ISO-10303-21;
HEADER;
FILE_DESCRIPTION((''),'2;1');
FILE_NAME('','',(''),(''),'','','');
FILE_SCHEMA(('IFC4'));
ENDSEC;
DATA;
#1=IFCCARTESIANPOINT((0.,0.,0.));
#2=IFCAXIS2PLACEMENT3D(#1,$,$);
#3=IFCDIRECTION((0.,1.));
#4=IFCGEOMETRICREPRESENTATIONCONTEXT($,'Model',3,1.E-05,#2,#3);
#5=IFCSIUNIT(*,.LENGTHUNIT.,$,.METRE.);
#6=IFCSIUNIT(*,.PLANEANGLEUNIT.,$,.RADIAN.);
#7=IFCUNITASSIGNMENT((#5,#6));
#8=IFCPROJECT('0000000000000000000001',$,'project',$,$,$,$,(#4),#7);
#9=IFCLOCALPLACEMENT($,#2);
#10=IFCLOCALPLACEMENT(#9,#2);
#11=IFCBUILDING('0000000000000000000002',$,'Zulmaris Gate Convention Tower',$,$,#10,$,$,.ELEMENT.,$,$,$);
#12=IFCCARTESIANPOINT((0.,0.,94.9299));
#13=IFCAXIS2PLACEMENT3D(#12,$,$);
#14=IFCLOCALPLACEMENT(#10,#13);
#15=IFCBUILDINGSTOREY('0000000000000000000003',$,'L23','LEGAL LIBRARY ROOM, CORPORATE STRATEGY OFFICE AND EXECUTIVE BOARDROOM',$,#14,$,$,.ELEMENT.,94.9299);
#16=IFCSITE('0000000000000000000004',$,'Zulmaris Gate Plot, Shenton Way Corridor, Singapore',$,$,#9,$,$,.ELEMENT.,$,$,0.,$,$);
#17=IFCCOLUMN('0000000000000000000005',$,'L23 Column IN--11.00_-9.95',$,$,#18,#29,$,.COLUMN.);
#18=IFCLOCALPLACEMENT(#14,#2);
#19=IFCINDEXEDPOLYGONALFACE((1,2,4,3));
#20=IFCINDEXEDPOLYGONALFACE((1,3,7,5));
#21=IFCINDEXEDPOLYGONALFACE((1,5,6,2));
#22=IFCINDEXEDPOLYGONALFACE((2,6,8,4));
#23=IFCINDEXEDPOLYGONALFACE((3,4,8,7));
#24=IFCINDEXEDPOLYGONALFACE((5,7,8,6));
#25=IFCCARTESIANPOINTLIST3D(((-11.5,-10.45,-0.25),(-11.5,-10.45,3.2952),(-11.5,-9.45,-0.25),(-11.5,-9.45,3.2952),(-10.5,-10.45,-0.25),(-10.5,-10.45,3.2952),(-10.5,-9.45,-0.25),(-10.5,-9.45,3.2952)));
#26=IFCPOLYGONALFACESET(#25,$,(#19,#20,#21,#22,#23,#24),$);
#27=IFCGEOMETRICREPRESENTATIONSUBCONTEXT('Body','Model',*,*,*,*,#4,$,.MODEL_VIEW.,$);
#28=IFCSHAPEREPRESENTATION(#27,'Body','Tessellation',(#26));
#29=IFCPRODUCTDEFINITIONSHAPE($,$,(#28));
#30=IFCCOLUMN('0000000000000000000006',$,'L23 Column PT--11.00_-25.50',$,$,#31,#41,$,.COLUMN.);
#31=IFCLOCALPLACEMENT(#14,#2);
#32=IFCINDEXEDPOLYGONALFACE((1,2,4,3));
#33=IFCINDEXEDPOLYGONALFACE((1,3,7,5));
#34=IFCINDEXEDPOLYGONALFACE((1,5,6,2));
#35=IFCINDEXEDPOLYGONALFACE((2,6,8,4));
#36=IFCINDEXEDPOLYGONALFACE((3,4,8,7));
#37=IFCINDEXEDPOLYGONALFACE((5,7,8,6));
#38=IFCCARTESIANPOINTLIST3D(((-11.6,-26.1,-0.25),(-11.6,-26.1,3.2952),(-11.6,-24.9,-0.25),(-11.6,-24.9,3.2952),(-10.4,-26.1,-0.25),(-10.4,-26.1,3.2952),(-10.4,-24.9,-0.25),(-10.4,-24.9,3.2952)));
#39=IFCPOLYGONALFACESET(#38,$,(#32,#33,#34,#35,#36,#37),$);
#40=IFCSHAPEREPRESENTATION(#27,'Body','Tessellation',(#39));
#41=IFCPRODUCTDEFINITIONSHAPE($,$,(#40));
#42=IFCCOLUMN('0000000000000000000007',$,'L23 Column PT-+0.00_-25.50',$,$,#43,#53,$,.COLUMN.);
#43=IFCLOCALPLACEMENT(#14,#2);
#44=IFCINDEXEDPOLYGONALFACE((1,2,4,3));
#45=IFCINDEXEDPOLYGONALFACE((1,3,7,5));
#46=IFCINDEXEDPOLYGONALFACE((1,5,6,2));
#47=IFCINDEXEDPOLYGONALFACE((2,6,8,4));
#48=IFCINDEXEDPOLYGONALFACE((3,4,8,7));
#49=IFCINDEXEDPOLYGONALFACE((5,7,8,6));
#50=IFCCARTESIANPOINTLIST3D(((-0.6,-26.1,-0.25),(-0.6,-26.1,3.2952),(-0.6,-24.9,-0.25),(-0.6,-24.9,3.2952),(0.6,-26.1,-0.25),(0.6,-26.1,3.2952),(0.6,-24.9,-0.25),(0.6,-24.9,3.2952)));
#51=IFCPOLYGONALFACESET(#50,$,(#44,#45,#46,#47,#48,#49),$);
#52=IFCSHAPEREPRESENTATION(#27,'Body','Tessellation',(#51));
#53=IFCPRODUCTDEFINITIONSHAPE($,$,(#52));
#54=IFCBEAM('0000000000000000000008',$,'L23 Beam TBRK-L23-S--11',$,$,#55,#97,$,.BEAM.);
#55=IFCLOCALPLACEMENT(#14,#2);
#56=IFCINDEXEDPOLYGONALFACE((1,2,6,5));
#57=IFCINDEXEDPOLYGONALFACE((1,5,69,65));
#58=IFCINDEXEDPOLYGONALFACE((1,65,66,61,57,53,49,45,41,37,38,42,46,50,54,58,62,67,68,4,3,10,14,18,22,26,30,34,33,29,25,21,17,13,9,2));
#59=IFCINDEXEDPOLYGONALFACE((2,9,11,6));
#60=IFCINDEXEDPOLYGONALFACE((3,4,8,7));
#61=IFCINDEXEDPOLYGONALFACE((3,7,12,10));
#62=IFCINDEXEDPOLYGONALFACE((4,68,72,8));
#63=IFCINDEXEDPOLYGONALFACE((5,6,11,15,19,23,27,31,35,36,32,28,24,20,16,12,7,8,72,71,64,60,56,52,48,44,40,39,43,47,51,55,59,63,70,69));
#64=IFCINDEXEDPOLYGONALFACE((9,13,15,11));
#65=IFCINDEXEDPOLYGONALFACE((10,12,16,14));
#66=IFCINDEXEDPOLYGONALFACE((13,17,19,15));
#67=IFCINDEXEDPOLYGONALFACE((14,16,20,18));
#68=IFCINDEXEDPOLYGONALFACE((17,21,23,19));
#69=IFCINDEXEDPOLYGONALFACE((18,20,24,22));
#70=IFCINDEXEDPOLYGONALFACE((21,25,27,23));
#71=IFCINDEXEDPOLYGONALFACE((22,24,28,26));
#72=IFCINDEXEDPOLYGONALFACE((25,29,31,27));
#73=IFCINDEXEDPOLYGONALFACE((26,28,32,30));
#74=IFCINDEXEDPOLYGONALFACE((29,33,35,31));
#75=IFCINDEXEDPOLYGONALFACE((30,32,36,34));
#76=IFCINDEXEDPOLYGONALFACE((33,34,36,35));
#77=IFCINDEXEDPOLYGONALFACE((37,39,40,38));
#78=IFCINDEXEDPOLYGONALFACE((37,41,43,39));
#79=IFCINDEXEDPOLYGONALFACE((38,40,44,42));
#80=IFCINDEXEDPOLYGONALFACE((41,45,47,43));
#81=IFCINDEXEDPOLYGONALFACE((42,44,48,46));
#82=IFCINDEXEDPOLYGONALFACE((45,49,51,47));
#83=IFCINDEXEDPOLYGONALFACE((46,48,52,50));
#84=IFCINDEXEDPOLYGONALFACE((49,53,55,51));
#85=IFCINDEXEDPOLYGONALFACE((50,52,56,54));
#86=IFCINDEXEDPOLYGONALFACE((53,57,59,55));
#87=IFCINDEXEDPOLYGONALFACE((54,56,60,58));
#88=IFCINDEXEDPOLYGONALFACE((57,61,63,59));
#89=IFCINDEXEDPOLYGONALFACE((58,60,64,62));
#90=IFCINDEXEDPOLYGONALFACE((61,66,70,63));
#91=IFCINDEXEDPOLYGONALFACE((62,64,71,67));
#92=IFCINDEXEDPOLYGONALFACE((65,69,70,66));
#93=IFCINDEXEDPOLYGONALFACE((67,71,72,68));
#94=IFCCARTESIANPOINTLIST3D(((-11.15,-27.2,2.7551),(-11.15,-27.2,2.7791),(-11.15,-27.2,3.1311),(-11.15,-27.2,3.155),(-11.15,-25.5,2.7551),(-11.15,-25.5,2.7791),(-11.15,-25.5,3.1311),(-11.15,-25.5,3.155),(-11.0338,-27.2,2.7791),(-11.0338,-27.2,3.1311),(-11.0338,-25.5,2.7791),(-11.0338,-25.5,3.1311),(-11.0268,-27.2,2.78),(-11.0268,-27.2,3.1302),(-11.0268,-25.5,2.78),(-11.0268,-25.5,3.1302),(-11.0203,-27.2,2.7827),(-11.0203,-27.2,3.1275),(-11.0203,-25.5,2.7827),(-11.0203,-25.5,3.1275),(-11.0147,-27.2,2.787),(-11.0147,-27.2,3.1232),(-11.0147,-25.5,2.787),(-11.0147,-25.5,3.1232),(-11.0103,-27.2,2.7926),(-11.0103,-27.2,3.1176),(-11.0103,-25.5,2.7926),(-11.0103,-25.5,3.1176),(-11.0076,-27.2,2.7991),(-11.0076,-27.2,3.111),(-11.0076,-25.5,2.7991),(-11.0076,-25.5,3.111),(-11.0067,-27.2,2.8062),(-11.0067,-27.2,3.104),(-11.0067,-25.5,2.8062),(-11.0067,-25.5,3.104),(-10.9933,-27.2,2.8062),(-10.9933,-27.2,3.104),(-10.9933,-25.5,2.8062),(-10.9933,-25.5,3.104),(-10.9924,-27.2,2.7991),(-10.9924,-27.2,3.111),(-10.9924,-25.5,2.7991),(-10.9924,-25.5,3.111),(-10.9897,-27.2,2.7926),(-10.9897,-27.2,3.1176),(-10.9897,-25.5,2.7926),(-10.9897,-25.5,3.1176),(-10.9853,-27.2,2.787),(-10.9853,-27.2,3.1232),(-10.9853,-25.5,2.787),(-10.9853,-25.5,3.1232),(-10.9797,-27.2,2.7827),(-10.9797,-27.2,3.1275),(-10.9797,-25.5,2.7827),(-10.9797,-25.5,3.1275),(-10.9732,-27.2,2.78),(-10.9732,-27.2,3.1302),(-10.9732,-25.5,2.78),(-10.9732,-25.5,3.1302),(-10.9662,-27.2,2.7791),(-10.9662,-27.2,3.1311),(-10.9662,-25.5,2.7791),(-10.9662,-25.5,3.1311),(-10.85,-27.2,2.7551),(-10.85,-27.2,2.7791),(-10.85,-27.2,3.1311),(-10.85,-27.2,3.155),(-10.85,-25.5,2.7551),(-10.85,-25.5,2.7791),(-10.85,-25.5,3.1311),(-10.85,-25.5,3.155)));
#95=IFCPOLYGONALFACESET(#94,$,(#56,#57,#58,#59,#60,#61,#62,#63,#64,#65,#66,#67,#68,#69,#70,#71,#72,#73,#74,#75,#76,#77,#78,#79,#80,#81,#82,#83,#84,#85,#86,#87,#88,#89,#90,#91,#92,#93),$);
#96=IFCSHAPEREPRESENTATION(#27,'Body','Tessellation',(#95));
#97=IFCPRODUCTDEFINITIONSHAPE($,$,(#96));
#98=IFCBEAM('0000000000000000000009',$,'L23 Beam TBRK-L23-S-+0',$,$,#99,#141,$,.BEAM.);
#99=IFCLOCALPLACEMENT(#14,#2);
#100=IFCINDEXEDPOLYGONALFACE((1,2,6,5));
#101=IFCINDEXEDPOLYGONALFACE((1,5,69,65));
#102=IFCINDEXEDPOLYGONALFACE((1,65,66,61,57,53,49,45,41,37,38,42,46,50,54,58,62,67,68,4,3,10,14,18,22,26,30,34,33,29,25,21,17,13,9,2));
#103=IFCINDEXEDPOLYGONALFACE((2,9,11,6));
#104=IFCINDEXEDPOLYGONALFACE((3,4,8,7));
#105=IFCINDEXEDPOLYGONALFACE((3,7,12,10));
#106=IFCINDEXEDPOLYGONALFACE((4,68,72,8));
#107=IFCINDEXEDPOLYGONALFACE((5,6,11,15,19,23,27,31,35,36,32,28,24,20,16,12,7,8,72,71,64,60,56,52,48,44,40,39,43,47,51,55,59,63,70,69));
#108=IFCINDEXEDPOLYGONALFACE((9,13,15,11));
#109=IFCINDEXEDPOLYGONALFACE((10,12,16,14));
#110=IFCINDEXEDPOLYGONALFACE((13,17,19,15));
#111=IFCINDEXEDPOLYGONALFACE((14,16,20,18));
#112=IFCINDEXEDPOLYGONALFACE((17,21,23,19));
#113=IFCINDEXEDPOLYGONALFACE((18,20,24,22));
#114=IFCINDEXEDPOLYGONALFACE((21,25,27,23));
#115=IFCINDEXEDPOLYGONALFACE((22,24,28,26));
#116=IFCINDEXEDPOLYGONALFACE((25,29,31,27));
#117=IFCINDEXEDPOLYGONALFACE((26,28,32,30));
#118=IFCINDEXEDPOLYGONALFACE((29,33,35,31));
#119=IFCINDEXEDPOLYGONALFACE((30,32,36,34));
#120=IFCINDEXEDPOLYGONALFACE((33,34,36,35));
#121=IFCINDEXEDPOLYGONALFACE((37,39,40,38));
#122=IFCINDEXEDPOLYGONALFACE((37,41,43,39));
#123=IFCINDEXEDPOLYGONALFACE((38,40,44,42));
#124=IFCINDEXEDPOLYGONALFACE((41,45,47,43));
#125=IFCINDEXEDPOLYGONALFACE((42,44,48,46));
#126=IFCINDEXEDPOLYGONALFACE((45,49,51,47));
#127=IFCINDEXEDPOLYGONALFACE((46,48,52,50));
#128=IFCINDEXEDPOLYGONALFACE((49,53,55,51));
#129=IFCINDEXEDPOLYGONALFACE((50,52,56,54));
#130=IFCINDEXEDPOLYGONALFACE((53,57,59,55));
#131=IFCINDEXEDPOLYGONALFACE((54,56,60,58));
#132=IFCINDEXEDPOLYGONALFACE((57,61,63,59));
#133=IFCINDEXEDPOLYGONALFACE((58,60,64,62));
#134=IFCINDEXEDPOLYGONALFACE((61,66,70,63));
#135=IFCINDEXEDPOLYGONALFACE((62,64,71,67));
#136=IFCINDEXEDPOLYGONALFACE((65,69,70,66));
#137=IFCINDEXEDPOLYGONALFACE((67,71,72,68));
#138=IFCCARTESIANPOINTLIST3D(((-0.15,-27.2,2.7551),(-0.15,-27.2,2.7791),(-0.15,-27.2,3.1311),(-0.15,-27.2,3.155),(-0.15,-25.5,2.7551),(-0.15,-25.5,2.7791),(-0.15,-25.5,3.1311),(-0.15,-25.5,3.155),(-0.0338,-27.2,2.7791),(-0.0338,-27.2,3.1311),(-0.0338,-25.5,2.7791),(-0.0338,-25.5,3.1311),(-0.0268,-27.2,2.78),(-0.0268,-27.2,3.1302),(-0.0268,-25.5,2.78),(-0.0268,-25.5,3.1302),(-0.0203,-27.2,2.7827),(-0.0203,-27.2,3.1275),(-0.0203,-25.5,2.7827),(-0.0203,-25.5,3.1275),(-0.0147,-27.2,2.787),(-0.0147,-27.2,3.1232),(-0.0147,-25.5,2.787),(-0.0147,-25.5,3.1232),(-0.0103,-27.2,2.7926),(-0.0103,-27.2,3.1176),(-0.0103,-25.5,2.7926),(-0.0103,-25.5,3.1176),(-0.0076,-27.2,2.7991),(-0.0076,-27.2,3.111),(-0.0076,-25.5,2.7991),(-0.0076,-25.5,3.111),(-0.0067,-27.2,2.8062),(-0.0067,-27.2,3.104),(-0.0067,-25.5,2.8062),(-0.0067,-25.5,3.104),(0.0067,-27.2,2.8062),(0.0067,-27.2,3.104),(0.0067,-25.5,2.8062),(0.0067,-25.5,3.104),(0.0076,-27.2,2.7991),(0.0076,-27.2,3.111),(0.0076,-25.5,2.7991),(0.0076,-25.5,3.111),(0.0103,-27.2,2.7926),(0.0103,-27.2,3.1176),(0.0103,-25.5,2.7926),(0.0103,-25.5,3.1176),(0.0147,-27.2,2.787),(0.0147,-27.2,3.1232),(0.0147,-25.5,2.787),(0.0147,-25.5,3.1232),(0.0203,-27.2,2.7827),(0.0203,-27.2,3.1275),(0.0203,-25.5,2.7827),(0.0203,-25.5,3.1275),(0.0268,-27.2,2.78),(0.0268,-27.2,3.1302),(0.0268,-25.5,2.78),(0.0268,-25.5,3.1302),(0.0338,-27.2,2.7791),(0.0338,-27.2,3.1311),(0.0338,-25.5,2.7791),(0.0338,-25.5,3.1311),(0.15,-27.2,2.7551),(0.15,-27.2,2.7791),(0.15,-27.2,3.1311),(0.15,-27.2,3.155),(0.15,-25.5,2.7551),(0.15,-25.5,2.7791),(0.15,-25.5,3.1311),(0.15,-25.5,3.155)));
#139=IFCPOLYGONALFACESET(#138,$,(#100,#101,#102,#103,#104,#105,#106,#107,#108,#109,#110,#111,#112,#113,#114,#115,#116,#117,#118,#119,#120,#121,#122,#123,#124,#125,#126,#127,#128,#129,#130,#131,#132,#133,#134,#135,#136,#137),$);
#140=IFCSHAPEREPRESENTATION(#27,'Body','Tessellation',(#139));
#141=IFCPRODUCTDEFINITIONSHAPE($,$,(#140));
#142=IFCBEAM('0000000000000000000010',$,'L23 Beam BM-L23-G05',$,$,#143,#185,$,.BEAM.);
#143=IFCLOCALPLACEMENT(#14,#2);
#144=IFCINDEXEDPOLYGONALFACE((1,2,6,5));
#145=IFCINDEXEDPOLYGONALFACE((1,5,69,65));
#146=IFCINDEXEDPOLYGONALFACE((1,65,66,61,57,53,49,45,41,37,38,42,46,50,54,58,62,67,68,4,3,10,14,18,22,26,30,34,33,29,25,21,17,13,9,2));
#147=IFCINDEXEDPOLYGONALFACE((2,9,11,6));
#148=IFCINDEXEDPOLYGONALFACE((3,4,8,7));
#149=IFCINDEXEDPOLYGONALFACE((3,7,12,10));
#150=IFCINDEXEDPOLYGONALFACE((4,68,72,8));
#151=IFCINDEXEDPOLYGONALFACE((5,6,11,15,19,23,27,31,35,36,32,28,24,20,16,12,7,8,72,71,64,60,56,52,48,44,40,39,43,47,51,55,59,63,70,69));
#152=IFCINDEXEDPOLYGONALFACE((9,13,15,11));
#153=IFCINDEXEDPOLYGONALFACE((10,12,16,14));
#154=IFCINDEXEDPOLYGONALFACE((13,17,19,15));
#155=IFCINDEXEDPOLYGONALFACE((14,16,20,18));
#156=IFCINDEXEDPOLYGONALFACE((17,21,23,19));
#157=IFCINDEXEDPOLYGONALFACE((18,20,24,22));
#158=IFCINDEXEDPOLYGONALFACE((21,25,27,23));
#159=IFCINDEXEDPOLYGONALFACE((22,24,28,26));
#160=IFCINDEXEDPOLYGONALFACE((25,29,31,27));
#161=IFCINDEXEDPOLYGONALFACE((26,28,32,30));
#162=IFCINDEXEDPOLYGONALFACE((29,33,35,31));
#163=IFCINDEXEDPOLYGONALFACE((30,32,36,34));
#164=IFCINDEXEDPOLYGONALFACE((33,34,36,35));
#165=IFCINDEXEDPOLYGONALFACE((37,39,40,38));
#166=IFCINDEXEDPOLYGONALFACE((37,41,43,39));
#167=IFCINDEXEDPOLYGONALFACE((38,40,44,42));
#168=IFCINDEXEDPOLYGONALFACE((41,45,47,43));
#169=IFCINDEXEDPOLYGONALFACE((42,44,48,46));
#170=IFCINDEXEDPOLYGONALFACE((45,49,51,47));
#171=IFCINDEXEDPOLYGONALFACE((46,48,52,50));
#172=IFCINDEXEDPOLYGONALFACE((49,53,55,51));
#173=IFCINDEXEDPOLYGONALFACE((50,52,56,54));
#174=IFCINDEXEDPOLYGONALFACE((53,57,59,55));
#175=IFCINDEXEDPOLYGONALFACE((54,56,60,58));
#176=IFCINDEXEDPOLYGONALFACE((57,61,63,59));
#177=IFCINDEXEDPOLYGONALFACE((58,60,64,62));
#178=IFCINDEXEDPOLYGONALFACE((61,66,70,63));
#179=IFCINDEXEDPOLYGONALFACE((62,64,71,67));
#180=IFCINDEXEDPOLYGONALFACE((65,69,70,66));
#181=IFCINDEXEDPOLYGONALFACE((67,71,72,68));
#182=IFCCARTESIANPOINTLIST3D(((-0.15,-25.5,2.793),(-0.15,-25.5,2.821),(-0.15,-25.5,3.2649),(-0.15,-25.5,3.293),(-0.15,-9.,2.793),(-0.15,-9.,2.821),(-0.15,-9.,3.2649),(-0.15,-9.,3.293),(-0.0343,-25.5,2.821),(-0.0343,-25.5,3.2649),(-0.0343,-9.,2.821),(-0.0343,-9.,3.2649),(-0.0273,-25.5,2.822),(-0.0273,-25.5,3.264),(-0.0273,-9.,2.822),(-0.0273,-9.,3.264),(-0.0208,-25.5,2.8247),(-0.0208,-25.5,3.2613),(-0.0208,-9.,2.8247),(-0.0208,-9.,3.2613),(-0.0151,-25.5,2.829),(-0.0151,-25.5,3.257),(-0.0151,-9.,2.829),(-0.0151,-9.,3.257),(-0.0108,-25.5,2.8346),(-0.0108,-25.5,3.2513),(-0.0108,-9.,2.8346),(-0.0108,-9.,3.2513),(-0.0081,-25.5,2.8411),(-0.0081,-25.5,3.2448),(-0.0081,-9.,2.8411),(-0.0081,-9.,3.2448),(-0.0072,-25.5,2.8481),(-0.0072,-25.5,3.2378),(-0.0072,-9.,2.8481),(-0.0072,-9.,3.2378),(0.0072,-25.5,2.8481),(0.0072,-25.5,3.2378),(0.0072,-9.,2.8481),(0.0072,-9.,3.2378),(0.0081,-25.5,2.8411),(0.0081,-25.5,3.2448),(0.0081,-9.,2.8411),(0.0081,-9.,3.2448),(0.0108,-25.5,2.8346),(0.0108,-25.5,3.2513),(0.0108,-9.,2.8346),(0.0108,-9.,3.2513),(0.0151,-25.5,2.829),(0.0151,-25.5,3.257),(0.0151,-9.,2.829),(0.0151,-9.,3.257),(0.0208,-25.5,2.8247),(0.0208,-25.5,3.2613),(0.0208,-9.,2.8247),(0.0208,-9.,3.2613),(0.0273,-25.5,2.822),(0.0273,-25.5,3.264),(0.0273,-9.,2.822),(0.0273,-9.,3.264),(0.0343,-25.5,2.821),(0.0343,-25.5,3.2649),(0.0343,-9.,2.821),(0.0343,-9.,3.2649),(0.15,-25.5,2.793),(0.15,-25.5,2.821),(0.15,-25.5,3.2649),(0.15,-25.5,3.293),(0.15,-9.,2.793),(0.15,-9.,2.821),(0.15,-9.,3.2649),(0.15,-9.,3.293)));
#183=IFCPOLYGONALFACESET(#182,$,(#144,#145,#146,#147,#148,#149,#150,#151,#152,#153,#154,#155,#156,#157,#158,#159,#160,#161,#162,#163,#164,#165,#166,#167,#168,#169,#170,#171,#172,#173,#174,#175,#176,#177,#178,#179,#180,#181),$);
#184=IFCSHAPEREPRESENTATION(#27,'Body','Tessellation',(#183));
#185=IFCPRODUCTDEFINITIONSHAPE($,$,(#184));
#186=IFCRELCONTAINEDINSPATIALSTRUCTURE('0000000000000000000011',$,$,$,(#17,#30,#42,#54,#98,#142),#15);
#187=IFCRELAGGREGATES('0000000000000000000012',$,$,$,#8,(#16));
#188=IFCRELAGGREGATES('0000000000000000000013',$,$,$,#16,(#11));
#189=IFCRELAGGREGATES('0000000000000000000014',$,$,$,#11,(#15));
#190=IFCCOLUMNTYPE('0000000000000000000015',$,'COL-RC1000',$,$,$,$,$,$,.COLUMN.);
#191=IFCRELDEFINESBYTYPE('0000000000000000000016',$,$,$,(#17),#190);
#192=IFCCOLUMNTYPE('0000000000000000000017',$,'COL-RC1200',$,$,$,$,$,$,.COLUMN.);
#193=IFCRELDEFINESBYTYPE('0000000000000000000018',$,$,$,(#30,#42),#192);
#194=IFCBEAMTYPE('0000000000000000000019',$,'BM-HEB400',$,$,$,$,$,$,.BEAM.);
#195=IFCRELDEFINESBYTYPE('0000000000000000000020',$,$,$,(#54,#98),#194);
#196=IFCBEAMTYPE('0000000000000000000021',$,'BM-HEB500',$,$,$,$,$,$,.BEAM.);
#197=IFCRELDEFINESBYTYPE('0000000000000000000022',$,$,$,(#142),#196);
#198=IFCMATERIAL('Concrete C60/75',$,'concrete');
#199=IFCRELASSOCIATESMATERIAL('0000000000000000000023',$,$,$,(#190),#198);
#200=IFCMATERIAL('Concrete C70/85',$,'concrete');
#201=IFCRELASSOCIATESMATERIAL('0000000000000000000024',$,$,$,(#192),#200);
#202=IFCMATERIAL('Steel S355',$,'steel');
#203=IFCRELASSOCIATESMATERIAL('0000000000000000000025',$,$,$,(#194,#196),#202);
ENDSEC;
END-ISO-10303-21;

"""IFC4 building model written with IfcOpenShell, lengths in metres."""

from ifc_helpers import new_model, si_unit, direction, frame, origin, origin_2d, place, context, subcontext, project, spatial, rectangle, i_section, extrude, material, material_profile, profile_set, type_object, element, save


model = new_model("IFC4")

# Units and contexts
model_context = context("Model", 3, precision=1e-05, world=origin(), true_north=direction((0.0, 1.0)))
body_context = subcontext(model_context, "Body", "Model", "MODEL_VIEW")
ifc_project = project(units=[si_unit("LENGTHUNIT", "METRE"), si_unit("PLANEANGLEUNIT", "RADIAN")], contexts=[model_context])

# Site, building, storey
site_placement = place(None, origin())
site = spatial("IfcSite", under=ifc_project, at=site_placement, Name="Zulmaris Gate Plot, Shenton Way Corridor, Singapore", CompositionType="ELEMENT", RefElevation=0.0)
building_placement = place(site_placement, origin())
building = spatial("IfcBuilding", under=site, at=building_placement, Name="Zulmaris Gate Convention Tower", CompositionType="ELEMENT")
storey_placement = place(building_placement, frame((0.0, 0.0, 94.9299)))
storey = spatial("IfcBuildingStorey", under=building, at=storey_placement, Name="L23", Description="LEGAL LIBRARY ROOM, CORPORATE STRATEGY OFFICE AND EXECUTIVE BOARDROOM", CompositionType="ELEMENT", Elevation=94.9299)

# Columns
ifc_material_1 = material(Name="Concrete C60/75", Category="concrete")
ifc_material_profile_1 = material_profile(ifc_material_1, rectangle(XDim=1.0, YDim=1.0, at=origin_2d()), Name="RC COL 1000x1000")
ifc_profile_set_1 = profile_set([ifc_material_profile_1], Name="Concrete C60/75")
column_type_1 = type_object("IfcColumnType", Name="COL-RC1000", PredefinedType="COLUMN", material=ifc_profile_set_1)
column_placement = place(storey_placement, frame((-11.0, -9.95, -0.25), z_axis=(0.0, 0.0, 1.0), x_axis=(1.0, 0.0, 0.0)))
element("IfcColumn", 1, at=column_placement, inside=storey, type_object=column_type_1, Name="L23 Column IN--11.00_-9.95", PredefinedType="COLUMN", context=body_context, shape_type="SweptSolid", body=[
    extrude(rectangle(XDim=1.0, YDim=1.0, at=origin_2d()), origin(), (0.0, 0.0, 1.0), 3.5452),
])
ifc_material_2 = material(Name="Concrete C70/85", Category="concrete")
ifc_material_profile_2 = material_profile(ifc_material_2, rectangle(XDim=1.2, YDim=1.2, at=origin_2d()), Name="RC COL 1200x1200")
ifc_profile_set_2 = profile_set([ifc_material_profile_2], Name="Concrete C70/85")
column_type_2 = type_object("IfcColumnType", Name="COL-RC1200", PredefinedType="COLUMN", material=ifc_profile_set_2)
for number, where, z_axis, x_axis, name in (
    (2, (-11.0, -25.5, -0.25), (0.0, 0.0, 1.0), (1.0, 0.0, 0.0), "L23 Column PT--11.00_-25.50"),
    (3, (0.0, -25.5, -0.25), (0.0, 0.0, 1.0), (1.0, 0.0, 0.0), "L23 Column PT-+0.00_-25.50"),
):
    element("IfcColumn", number, at=place(storey_placement, frame(where, z_axis=z_axis, x_axis=x_axis)), inside=storey, type_object=column_type_2, Name=name, PredefinedType="COLUMN", context=body_context, shape_type="SweptSolid", body=[
        extrude(rectangle(XDim=1.2, YDim=1.2, at=origin_2d()), origin(), (0.0, 0.0, 1.0), 3.5452),
    ])

# Beams
ifc_material_3 = material(Name="Steel S355", Category="steel")
ifc_material_profile_3 = material_profile(ifc_material_3, i_section(OverallWidth=0.3, OverallDepth=0.3999, WebThickness=0.0134, FlangeThickness=0.0239, FilletRadius=0.0271, at=origin_2d()), Name="HEB 400")
ifc_profile_set_3 = profile_set([ifc_material_profile_3], Name="Steel S355")
beam_type_1 = type_object("IfcBeamType", Name="BM-HEB400", PredefinedType="BEAM", material=ifc_profile_set_3)
for number, where, z_axis, x_axis, name in (
    (4, (-11.0, -27.2, 2.9551), (0.0, 1.0, 0.0), (-1.0, 0.0, 0.0), "L23 Beam TBRK-L23-S--11"),
    (5, (0.0, -27.2, 2.9551), (0.0, 1.0, 0.0), (-1.0, 0.0, 0.0), "L23 Beam TBRK-L23-S-+0"),
):
    element("IfcBeam", number, at=place(storey_placement, frame(where, z_axis=z_axis, x_axis=x_axis)), inside=storey, type_object=beam_type_1, Name=name, PredefinedType="BEAM", context=body_context, shape_type="SweptSolid", body=[
        extrude(i_section(OverallWidth=0.3, OverallDepth=0.3999, WebThickness=0.0134, FlangeThickness=0.0239, FilletRadius=0.0271, at=origin_2d()), origin(), (0.0, 0.0, 1.0), 1.7),
    ])
ifc_material_profile_4 = material_profile(ifc_material_3, i_section(OverallWidth=0.3, OverallDepth=0.5, WebThickness=0.0144, FlangeThickness=0.0281, FilletRadius=0.0271, at=origin_2d()), Name="HEB 500")
ifc_profile_set_4 = profile_set([ifc_material_profile_4], Name="Steel S355")
beam_type_2 = type_object("IfcBeamType", Name="BM-HEB500", PredefinedType="BEAM", material=ifc_profile_set_4)
beam_1_placement = place(storey_placement, frame((0.0, -25.5, 3.043), z_axis=(0.0, 1.0, 0.0), x_axis=(-1.0, 0.0, 0.0)))
element("IfcBeam", 6, at=beam_1_placement, inside=storey, type_object=beam_type_2, Name="L23 Beam BM-L23-G05", PredefinedType="BEAM", context=body_context, shape_type="SweptSolid", body=[
    extrude(i_section(OverallWidth=0.3, OverallDepth=0.5, WebThickness=0.0144, FlangeThickness=0.0281, FilletRadius=0.0271, at=origin_2d()), origin(), (0.0, 0.0, 1.0), 16.5),
])

save(model, "model.ifc")
